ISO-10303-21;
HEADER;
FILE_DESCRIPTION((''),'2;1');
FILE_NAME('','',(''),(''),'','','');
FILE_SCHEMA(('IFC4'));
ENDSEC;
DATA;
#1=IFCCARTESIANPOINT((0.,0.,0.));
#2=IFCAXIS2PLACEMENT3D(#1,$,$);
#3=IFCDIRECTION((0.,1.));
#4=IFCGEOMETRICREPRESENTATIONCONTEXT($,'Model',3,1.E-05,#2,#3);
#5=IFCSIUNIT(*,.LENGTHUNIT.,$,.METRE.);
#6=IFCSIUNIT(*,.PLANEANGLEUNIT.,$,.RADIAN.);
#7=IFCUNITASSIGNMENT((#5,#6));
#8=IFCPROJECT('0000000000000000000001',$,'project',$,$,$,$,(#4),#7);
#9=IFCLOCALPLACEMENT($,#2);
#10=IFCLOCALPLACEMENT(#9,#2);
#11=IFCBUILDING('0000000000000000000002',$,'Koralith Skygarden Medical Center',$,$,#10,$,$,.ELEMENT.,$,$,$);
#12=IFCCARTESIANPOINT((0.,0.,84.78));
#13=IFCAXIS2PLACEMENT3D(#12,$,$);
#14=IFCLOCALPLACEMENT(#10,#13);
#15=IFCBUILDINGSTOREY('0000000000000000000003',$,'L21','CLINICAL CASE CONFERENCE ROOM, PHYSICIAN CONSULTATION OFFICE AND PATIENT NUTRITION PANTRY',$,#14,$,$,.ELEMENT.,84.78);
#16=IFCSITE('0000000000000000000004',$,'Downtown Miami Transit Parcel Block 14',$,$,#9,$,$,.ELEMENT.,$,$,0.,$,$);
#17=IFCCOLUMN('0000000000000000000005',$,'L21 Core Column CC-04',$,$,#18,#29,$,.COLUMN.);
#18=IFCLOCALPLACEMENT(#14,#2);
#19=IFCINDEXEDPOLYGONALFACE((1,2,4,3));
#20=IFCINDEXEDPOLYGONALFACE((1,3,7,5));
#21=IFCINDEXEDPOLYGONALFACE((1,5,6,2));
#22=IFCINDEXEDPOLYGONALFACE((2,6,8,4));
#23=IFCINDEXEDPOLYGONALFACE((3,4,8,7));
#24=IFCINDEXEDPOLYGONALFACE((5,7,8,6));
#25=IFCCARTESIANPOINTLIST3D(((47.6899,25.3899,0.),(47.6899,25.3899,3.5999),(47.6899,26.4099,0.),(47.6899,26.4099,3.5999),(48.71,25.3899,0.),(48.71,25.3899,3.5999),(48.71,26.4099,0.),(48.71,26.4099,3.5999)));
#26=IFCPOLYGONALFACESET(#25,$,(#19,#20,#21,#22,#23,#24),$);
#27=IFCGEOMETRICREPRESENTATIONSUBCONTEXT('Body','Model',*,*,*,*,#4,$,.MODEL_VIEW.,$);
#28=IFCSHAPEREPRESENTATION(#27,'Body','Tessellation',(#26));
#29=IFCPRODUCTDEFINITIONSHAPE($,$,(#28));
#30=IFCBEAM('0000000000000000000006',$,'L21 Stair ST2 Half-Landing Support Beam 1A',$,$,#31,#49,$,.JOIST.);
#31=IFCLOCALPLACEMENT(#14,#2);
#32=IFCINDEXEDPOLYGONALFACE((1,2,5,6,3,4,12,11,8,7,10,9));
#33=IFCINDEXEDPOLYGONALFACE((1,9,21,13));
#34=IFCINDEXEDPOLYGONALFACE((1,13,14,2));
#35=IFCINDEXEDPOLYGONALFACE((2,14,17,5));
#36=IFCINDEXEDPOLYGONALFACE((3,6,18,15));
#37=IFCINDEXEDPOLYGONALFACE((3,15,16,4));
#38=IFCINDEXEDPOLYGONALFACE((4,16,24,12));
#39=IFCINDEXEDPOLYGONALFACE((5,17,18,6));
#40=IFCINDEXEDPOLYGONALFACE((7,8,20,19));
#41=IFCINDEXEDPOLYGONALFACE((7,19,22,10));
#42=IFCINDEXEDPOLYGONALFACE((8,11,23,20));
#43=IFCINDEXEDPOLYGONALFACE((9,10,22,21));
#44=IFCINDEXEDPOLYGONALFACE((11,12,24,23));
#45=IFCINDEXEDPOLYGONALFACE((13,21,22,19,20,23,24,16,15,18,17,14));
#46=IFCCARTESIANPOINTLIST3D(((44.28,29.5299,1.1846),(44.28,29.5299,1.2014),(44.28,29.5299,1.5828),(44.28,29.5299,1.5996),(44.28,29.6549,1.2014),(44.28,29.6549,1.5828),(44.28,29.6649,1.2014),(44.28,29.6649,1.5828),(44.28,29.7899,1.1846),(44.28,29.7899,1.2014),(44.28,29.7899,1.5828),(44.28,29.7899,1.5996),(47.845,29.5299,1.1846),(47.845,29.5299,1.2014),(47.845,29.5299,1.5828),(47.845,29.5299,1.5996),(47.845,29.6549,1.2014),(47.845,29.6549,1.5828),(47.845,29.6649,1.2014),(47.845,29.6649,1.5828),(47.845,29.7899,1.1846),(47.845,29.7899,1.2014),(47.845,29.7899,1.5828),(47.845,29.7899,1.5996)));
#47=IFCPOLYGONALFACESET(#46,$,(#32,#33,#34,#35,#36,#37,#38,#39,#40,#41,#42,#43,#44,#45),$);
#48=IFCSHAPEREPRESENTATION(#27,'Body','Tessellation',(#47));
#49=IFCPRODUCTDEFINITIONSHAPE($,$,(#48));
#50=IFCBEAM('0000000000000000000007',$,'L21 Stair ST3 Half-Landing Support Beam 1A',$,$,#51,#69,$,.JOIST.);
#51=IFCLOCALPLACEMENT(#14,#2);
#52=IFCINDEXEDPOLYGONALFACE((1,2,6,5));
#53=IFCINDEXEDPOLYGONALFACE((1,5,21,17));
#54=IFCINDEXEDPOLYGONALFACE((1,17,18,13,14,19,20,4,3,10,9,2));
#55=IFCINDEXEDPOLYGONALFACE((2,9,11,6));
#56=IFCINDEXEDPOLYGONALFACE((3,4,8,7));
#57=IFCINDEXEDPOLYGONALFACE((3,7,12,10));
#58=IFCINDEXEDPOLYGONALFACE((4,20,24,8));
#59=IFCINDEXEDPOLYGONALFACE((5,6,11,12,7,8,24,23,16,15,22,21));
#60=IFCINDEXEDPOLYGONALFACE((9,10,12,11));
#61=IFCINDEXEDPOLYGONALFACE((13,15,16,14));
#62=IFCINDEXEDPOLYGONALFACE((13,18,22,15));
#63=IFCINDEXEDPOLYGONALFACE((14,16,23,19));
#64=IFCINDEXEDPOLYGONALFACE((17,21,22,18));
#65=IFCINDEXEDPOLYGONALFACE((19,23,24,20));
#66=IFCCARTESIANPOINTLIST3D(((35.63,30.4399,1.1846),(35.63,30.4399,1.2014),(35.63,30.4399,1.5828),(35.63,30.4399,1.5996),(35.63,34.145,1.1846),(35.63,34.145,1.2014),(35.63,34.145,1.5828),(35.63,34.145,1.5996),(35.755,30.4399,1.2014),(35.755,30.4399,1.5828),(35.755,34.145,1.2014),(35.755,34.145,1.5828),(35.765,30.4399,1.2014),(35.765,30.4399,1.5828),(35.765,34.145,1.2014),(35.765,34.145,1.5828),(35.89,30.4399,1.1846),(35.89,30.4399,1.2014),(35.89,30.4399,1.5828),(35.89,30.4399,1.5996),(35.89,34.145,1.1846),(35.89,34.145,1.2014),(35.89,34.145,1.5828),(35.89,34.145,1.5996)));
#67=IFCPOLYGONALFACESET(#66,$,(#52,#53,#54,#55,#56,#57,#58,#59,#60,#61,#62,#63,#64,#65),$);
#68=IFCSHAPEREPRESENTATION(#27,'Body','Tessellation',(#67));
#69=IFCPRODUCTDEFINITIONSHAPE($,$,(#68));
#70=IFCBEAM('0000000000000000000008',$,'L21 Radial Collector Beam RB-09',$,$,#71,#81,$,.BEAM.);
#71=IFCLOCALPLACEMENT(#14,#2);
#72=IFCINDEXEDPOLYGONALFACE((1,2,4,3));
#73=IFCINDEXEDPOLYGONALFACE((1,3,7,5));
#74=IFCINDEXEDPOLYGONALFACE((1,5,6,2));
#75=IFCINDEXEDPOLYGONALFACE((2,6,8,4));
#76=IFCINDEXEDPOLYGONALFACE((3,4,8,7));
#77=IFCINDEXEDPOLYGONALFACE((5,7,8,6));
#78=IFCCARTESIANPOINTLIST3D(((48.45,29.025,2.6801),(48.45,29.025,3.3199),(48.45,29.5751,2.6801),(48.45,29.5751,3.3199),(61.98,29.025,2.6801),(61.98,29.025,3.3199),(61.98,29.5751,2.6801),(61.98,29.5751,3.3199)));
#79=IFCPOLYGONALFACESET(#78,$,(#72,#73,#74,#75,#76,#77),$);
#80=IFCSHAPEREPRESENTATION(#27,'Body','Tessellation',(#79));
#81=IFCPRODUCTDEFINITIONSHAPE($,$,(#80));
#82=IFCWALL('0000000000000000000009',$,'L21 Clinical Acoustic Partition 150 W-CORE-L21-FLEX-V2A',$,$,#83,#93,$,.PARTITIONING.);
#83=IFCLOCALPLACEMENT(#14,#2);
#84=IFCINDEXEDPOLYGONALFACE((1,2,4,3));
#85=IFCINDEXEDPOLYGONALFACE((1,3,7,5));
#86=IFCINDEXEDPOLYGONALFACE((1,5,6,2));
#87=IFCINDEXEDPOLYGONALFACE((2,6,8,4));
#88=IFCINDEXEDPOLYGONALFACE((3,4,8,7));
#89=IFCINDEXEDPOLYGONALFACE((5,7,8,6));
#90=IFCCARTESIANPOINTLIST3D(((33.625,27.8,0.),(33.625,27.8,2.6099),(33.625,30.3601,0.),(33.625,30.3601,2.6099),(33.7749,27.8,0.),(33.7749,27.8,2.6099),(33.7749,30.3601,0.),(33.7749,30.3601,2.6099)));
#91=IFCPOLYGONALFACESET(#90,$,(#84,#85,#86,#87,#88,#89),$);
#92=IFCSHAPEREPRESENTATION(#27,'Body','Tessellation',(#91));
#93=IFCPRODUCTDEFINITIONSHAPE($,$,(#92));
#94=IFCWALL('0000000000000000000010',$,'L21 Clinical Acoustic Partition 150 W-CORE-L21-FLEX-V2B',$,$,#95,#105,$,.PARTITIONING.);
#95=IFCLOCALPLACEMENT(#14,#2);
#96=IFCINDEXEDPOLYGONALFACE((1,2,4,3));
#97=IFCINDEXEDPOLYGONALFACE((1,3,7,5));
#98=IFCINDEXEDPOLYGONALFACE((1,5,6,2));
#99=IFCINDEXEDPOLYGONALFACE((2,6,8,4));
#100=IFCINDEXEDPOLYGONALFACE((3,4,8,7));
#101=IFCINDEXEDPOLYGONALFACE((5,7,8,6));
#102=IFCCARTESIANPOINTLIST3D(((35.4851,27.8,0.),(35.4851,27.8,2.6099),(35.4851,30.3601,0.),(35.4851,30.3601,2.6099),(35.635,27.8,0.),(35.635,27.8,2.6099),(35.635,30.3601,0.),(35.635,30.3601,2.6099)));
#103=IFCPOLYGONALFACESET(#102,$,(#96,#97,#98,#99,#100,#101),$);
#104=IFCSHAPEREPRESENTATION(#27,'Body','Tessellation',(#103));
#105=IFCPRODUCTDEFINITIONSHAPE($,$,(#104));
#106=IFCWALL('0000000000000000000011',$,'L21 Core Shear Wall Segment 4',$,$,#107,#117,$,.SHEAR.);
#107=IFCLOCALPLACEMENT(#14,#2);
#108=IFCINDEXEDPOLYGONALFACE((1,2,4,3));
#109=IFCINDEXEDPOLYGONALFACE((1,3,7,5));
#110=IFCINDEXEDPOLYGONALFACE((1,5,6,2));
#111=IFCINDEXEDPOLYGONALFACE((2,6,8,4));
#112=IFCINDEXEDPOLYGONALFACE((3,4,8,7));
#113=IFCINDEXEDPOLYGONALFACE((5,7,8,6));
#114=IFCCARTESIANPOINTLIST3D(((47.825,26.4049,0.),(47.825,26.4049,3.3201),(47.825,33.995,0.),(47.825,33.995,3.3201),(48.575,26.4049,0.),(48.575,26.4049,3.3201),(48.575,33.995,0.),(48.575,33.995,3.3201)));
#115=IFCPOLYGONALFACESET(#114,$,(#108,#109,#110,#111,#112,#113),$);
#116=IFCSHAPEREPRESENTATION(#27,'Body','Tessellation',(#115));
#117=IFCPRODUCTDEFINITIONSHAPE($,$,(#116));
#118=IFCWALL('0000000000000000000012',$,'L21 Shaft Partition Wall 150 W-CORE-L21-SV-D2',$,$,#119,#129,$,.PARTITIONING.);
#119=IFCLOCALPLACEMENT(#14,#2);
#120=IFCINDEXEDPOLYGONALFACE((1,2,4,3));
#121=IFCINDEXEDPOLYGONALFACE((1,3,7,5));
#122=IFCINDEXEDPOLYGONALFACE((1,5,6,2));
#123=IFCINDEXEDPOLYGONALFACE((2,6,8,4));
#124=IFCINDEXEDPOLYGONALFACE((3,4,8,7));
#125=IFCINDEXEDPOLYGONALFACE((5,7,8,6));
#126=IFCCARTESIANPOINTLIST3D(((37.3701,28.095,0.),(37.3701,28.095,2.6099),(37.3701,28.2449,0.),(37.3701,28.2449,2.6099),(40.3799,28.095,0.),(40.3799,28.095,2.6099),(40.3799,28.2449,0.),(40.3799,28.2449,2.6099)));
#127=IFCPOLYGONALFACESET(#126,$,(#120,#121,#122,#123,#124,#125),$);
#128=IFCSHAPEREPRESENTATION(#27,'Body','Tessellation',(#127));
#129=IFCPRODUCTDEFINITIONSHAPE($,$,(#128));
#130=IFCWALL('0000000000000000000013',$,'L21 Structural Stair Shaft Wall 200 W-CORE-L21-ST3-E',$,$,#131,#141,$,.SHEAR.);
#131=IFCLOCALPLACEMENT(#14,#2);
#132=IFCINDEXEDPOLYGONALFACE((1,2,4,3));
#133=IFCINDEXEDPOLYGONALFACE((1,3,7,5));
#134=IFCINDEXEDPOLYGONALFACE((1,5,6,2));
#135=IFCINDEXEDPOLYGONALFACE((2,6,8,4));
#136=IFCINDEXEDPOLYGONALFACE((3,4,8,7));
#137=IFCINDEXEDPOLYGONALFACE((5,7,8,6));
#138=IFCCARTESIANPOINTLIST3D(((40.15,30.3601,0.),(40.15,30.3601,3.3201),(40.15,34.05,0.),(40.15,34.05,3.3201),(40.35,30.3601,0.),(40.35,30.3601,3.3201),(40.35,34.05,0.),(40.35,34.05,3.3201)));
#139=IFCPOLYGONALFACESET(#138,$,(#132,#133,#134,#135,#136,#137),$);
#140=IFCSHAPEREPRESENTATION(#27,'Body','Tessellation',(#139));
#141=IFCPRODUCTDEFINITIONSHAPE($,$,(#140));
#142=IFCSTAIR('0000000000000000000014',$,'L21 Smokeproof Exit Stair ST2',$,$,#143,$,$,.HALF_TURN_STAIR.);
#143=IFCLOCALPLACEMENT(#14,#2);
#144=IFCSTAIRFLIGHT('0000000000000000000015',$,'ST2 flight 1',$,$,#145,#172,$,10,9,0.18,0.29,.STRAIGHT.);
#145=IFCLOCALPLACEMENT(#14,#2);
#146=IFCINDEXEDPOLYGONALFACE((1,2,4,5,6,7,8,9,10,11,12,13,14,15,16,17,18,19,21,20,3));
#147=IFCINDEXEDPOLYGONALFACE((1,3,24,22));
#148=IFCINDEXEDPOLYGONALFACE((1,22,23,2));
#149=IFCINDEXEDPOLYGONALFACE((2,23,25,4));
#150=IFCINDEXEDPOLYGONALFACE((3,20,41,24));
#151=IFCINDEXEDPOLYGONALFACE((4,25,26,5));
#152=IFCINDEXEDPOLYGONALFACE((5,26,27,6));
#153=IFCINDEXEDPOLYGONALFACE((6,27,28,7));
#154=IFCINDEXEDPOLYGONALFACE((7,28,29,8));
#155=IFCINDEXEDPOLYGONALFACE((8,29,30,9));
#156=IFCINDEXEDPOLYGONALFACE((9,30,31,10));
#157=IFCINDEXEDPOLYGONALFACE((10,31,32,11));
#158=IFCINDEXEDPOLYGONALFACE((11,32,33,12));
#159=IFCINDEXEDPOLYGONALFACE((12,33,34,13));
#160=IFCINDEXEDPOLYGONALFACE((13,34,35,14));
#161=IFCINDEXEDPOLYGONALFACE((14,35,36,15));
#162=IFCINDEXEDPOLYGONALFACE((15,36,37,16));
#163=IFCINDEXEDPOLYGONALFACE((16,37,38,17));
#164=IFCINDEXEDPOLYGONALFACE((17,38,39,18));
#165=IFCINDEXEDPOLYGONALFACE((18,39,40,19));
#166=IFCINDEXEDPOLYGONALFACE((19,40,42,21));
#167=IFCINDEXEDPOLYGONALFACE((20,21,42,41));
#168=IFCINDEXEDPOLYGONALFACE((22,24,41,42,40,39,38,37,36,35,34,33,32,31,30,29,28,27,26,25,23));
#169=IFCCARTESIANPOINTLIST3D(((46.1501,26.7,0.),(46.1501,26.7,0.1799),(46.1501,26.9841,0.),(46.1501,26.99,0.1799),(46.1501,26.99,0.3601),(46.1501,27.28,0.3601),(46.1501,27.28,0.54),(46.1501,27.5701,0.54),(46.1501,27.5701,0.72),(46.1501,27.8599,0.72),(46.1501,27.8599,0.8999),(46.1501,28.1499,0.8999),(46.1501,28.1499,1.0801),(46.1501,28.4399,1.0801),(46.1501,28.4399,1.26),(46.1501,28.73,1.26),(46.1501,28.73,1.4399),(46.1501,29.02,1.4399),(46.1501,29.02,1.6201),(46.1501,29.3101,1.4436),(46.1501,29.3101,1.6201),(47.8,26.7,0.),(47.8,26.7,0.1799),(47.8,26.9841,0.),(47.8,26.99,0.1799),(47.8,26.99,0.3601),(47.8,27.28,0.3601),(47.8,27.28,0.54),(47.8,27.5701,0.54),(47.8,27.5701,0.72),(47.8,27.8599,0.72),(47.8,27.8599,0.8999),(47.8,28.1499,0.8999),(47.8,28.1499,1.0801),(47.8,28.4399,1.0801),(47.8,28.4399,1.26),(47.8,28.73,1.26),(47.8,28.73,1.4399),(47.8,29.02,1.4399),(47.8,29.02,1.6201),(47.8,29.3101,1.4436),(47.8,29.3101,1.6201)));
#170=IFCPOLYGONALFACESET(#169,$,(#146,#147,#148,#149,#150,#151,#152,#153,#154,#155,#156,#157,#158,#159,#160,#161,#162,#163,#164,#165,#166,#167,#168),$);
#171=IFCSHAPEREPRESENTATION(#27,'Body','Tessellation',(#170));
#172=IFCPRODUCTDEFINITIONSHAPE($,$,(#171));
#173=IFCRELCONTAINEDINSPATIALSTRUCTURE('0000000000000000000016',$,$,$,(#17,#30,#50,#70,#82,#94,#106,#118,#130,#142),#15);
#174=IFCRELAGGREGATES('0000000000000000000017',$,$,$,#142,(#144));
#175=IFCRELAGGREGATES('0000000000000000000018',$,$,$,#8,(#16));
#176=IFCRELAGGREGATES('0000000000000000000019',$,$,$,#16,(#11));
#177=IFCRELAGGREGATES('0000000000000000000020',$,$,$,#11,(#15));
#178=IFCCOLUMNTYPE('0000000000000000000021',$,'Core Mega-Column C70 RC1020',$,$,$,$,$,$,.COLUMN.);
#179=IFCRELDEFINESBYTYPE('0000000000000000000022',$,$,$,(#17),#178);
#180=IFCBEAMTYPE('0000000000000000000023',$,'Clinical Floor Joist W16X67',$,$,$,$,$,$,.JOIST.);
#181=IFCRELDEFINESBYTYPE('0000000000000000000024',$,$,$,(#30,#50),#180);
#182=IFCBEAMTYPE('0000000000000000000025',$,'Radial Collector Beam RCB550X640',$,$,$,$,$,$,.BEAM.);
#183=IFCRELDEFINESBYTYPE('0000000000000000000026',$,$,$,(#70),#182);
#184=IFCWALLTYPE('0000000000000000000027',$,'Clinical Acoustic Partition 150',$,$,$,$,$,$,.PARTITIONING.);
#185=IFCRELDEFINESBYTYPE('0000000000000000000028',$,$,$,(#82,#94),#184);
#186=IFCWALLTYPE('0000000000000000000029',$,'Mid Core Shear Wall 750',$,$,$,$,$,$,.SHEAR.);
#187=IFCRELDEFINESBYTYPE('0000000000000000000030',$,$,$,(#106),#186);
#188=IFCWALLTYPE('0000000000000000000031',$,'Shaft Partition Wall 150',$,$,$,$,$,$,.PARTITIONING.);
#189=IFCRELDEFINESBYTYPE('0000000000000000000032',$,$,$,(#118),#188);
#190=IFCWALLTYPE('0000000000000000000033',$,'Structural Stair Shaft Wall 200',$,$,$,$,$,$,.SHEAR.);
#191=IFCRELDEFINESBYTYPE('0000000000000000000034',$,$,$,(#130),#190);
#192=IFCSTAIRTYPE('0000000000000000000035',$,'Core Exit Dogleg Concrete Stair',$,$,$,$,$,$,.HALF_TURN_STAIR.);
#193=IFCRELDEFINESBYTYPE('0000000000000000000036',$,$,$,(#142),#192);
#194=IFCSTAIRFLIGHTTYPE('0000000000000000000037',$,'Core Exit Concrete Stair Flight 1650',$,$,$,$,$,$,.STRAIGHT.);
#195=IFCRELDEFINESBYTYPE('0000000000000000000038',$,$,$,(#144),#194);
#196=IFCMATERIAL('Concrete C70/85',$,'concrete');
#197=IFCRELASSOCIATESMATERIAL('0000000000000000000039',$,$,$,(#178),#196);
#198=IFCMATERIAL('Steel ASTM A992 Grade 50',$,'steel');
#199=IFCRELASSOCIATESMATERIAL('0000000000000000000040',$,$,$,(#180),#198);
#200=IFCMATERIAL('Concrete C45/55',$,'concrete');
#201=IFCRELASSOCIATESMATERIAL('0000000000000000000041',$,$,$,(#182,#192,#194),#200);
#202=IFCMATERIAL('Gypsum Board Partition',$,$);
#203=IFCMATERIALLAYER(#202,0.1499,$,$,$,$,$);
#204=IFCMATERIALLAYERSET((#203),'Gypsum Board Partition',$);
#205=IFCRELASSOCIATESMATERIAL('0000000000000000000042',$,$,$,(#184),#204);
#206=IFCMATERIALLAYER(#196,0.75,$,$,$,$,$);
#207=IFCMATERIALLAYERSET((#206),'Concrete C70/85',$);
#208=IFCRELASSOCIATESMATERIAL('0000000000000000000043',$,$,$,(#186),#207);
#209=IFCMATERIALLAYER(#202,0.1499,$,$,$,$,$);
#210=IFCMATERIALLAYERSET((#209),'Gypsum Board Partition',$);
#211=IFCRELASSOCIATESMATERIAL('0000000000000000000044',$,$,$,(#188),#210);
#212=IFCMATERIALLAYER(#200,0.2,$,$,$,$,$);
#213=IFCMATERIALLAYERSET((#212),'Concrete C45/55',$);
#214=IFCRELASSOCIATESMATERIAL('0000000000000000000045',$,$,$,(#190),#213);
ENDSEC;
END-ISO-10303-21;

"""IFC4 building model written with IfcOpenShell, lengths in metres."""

from ifc_helpers import new_model, si_unit, direction, frame, frame_2d, origin, origin_2d, place, context, subcontext, project, spatial, polyline, rectangle, i_section, outline, extrude, material, layer, layer_set, material_profile, profile_set, type_object, element, aggregate, save


model = new_model("IFC4")

# Units and contexts
model_context = context("Model", 3, precision=1e-05, world=origin(), true_north=direction((0.0, 1.0)))
body_context = subcontext(model_context, "Body", "Model", "MODEL_VIEW")
ifc_project = project(units=[si_unit("LENGTHUNIT", "METRE"), si_unit("PLANEANGLEUNIT", "RADIAN")], contexts=[model_context])

# Site, building, storey
site_placement = place(None, origin())
site = spatial("IfcSite", under=ifc_project, at=site_placement, Name="Downtown Miami Transit Parcel Block 14", CompositionType="ELEMENT", RefElevation=0.0)
building_placement = place(site_placement, origin())
building = spatial("IfcBuilding", under=site, at=building_placement, Name="Koralith Skygarden Medical Center", CompositionType="ELEMENT")
storey_placement = place(building_placement, frame((0.0, 0.0, 84.78)))
storey = spatial("IfcBuildingStorey", under=building, at=storey_placement, Name="L21", Description="CLINICAL CASE CONFERENCE ROOM, PHYSICIAN CONSULTATION OFFICE AND PATIENT NUTRITION PANTRY", CompositionType="ELEMENT", Elevation=84.78)

# Column
ifc_material_1 = material(Name="Concrete C70/85", Category="concrete")
ifc_material_profile_1 = material_profile(ifc_material_1, rectangle(XDim=1.02, YDim=1.02, at=origin_2d()), Name="RC1020X1020")
ifc_profile_set_1 = profile_set([ifc_material_profile_1], Name="Concrete C70/85")
column_type = type_object("IfcColumnType", Name="Core Mega-Column C70 RC1020", PredefinedType="COLUMN", material=ifc_profile_set_1)
column_placement = place(storey_placement, frame((48.2, 25.8999, 0.0), z_axis=(0.0, 0.0, 1.0), x_axis=(1.0, 0.0, 0.0)))
element("IfcColumn", 1, at=column_placement, inside=storey, type_object=column_type, Name="L21 Core Column CC-04", PredefinedType="COLUMN", context=body_context, shape_type="SweptSolid", body=[
    extrude(rectangle(XDim=1.02, YDim=1.02, at=origin_2d()), origin(), (0.0, 0.0, 1.0), 3.5999),
])

# Beams
ifc_material_2 = material(Name="Steel ASTM A992 Grade 50", Category="steel")
ifc_material_profile_2 = material_profile(ifc_material_2, i_section(OverallWidth=0.26, OverallDepth=0.415, WebThickness=0.01, FlangeThickness=0.0168, at=origin_2d()), Name="W16X67")
ifc_profile_set_2 = profile_set([ifc_material_profile_2], Name="Steel ASTM A992 Grade 50")
beam_type_1 = type_object("IfcBeamType", Name="Clinical Floor Joist W16X67", PredefinedType="JOIST", material=ifc_profile_set_2)
beam_1_placement = place(storey_placement, frame((44.28, 29.6599, 1.3921), z_axis=(1.0, 0.0, 0.0), x_axis=(0.0, 1.0, 0.0)))
element("IfcBeam", 2, at=beam_1_placement, inside=storey, type_object=beam_type_1, Name="L21 Stair ST2 Half-Landing Support Beam 1A", PredefinedType="JOIST", context=body_context, shape_type="SweptSolid", body=[
    extrude(i_section(OverallWidth=0.26, OverallDepth=0.415, WebThickness=0.01, FlangeThickness=0.0168, at=origin_2d()), origin(), (0.0, 0.0, 1.0), 3.5649),
])
beam_2_placement = place(storey_placement, frame((35.76, 30.4399, 1.3921), z_axis=(0.0, 1.0, 0.0), x_axis=(-1.0, 0.0, 0.0)))
element("IfcBeam", 3, at=beam_2_placement, inside=storey, type_object=beam_type_1, Name="L21 Stair ST3 Half-Landing Support Beam 1A", PredefinedType="JOIST", context=body_context, shape_type="SweptSolid", body=[
    extrude(i_section(OverallWidth=0.26, OverallDepth=0.415, WebThickness=0.01, FlangeThickness=0.0168, at=origin_2d()), origin(), (0.0, 0.0, 1.0), 3.7051),
])
ifc_material_3 = material(Name="Concrete C45/55", Category="concrete")
ifc_material_profile_3 = material_profile(ifc_material_3, rectangle(XDim=0.55, YDim=0.6399, at=origin_2d()), Name="RCB550X640")
ifc_profile_set_3 = profile_set([ifc_material_profile_3], Name="Concrete C45/55")
beam_type_2 = type_object("IfcBeamType", Name="Radial Collector Beam RCB550X640", PredefinedType="BEAM", material=ifc_profile_set_3)
beam_3_placement = place(storey_placement, frame((48.45, 29.3, 3.0), z_axis=(1.0, 0.0, 0.0), x_axis=(0.0, 1.0, 0.0)))
element("IfcBeam", 4, at=beam_3_placement, inside=storey, type_object=beam_type_2, Name="L21 Radial Collector Beam RB-09", PredefinedType="BEAM", context=body_context, shape_type="SweptSolid", body=[
    extrude(rectangle(XDim=0.55, YDim=0.6399, at=origin_2d()), origin(), (0.0, 0.0, 1.0), 13.53),
])

# Walls
ifc_material_4 = material(Name="Gypsum Board Partition")
ifc_layer_1 = layer(ifc_material_4, 0.1499)
ifc_layer_set_1 = layer_set([ifc_layer_1], Name="Gypsum Board Partition")
wall_type_1 = type_object("IfcWallType", Name="Clinical Acoustic Partition 150", PredefinedType="PARTITIONING", material=ifc_layer_set_1)
for number, where, z_axis, x_axis, name in (
    (5, (33.7, 27.8, 0.0), (0.0, 0.0, 1.0), (0.0, 1.0, 0.0), "L21 Clinical Acoustic Partition 150 W-CORE-L21-FLEX-V2A"),
    (6, (35.5601, 27.8, 0.0), (0.0, 0.0, 1.0), (0.0, 1.0, 0.0), "L21 Clinical Acoustic Partition 150 W-CORE-L21-FLEX-V2B"),
):
    element("IfcWall", number, at=place(storey_placement, frame(where, z_axis=z_axis, x_axis=x_axis)), inside=storey, type_object=wall_type_1, Name=name, PredefinedType="PARTITIONING", context=body_context, shape_type="SweptSolid", body=[
        extrude(rectangle(XDim=2.5601, YDim=0.1499, at=frame_2d((1.28, 0.0))), origin(), (0.0, 0.0, 1.0), 2.6099),
    ])
ifc_layer_2 = layer(ifc_material_1, 0.75)
ifc_layer_set_2 = layer_set([ifc_layer_2], Name="Concrete C70/85")
wall_type_2 = type_object("IfcWallType", Name="Mid Core Shear Wall 750", PredefinedType="SHEAR", material=ifc_layer_set_2)
wall_1_placement = place(storey_placement, frame((48.2, 26.405, 0.0), z_axis=(0.0, 0.0, 1.0), x_axis=(0.0, 1.0, 0.0)))
element("IfcWall", 7, at=wall_1_placement, inside=storey, type_object=wall_type_2, Name="L21 Core Shear Wall Segment 4", PredefinedType="SHEAR", context=body_context, shape_type="SweptSolid", body=[
    extrude(rectangle(XDim=7.5901, YDim=0.75, at=frame_2d((3.7949, 0.0))), origin(), (0.0, 0.0, 1.0), 3.3201),
])
ifc_layer_3 = layer(ifc_material_4, 0.1499)
ifc_layer_set_3 = layer_set([ifc_layer_3], Name="Gypsum Board Partition")
wall_type_3 = type_object("IfcWallType", Name="Shaft Partition Wall 150", PredefinedType="PARTITIONING", material=ifc_layer_set_3)
wall_2_placement = place(storey_placement, frame((37.3701, 28.1699, 0.0), z_axis=(0.0, 0.0, 1.0), x_axis=(1.0, 0.0, 0.0)))
element("IfcWall", 8, at=wall_2_placement, inside=storey, type_object=wall_type_3, Name="L21 Shaft Partition Wall 150 W-CORE-L21-SV-D2", PredefinedType="PARTITIONING", context=body_context, shape_type="SweptSolid", body=[
    extrude(rectangle(XDim=3.0098, YDim=0.1499, at=frame_2d((1.5049, 0.0))), origin(), (0.0, 0.0, 1.0), 2.6099),
])
ifc_layer_4 = layer(ifc_material_3, 0.2)
ifc_layer_set_4 = layer_set([ifc_layer_4], Name="Concrete C45/55")
wall_type_4 = type_object("IfcWallType", Name="Structural Stair Shaft Wall 200", PredefinedType="SHEAR", material=ifc_layer_set_4)
wall_3_placement = place(storey_placement, frame((40.25, 30.3601, 0.0), z_axis=(0.0, 0.0, 1.0), x_axis=(0.0, 1.0, 0.0)))
element("IfcWall", 9, at=wall_3_placement, inside=storey, type_object=wall_type_4, Name="L21 Structural Stair Shaft Wall 200 W-CORE-L21-ST3-E", PredefinedType="SHEAR", context=body_context, shape_type="SweptSolid", body=[
    extrude(rectangle(XDim=3.6899, YDim=0.2, at=frame_2d((1.845, 0.0))), origin(), (0.0, 0.0, 1.0), 3.3201),
])

# Stair, stair flight
stair_type = type_object("IfcStairType", Name="Core Exit Dogleg Concrete Stair", PredefinedType="HALF_TURN_STAIR", material=ifc_material_3)
stair_1_placement = place(storey_placement, origin())
stair_1 = element("IfcStair", 10, at=stair_1_placement, inside=storey, type_object=stair_type, Name="L21 Smokeproof Exit Stair ST2", PredefinedType="HALF_TURN_STAIR")
stair_flight_type = type_object("IfcStairFlightType", Name="Core Exit Concrete Stair Flight 1650", PredefinedType="STRAIGHT", material=ifc_material_3)
stair_flight_1_placement = place(storey_placement, frame((46.9751, 26.7, 0.0), z_axis=(0.0, 0.0, 1.0), x_axis=(0.0, 1.0, 0.0)))
stair_flight_1 = element("IfcStairFlight", 11, at=stair_flight_1_placement, type_object=stair_flight_type, Name="ST2 flight 1", NumberOfRisers=10, NumberOfTreads=9, PredefinedType="STRAIGHT", RiserHeight=0.18, TreadLength=0.29, context=body_context, shape_type="SweptSolid", body=[
    extrude(outline(polyline([(0.0, 0.0), (0.0, 0.1799), (0.29, 0.1799), (0.29, 0.3601), (0.5801, 0.3601), (0.5801, 0.54), (0.8701, 0.54), (0.8701, 0.72), (1.1599, 0.72), (1.1599, 0.8999), (1.45, 0.8999), (1.45, 1.0801), (1.74, 1.0801), (1.74, 1.26), (2.03, 1.26), (2.03, 1.4399), (2.3201, 1.4399), (2.3201, 1.6201), (2.6101, 1.6201), (2.6101, 1.8), (2.6101, 1.4436), (0.2842, 0.0), (0.0, 0.0)])), frame((0.0, 0.825, 0.0), z_axis=(0.0, -1.0, 0.0), x_axis=(1.0, 0.0, 0.0)), (0.0, 0.0, 1.0), 1.6499),
])
aggregate(stair_1, [stair_flight_1])

save(model, "model.ifc")
